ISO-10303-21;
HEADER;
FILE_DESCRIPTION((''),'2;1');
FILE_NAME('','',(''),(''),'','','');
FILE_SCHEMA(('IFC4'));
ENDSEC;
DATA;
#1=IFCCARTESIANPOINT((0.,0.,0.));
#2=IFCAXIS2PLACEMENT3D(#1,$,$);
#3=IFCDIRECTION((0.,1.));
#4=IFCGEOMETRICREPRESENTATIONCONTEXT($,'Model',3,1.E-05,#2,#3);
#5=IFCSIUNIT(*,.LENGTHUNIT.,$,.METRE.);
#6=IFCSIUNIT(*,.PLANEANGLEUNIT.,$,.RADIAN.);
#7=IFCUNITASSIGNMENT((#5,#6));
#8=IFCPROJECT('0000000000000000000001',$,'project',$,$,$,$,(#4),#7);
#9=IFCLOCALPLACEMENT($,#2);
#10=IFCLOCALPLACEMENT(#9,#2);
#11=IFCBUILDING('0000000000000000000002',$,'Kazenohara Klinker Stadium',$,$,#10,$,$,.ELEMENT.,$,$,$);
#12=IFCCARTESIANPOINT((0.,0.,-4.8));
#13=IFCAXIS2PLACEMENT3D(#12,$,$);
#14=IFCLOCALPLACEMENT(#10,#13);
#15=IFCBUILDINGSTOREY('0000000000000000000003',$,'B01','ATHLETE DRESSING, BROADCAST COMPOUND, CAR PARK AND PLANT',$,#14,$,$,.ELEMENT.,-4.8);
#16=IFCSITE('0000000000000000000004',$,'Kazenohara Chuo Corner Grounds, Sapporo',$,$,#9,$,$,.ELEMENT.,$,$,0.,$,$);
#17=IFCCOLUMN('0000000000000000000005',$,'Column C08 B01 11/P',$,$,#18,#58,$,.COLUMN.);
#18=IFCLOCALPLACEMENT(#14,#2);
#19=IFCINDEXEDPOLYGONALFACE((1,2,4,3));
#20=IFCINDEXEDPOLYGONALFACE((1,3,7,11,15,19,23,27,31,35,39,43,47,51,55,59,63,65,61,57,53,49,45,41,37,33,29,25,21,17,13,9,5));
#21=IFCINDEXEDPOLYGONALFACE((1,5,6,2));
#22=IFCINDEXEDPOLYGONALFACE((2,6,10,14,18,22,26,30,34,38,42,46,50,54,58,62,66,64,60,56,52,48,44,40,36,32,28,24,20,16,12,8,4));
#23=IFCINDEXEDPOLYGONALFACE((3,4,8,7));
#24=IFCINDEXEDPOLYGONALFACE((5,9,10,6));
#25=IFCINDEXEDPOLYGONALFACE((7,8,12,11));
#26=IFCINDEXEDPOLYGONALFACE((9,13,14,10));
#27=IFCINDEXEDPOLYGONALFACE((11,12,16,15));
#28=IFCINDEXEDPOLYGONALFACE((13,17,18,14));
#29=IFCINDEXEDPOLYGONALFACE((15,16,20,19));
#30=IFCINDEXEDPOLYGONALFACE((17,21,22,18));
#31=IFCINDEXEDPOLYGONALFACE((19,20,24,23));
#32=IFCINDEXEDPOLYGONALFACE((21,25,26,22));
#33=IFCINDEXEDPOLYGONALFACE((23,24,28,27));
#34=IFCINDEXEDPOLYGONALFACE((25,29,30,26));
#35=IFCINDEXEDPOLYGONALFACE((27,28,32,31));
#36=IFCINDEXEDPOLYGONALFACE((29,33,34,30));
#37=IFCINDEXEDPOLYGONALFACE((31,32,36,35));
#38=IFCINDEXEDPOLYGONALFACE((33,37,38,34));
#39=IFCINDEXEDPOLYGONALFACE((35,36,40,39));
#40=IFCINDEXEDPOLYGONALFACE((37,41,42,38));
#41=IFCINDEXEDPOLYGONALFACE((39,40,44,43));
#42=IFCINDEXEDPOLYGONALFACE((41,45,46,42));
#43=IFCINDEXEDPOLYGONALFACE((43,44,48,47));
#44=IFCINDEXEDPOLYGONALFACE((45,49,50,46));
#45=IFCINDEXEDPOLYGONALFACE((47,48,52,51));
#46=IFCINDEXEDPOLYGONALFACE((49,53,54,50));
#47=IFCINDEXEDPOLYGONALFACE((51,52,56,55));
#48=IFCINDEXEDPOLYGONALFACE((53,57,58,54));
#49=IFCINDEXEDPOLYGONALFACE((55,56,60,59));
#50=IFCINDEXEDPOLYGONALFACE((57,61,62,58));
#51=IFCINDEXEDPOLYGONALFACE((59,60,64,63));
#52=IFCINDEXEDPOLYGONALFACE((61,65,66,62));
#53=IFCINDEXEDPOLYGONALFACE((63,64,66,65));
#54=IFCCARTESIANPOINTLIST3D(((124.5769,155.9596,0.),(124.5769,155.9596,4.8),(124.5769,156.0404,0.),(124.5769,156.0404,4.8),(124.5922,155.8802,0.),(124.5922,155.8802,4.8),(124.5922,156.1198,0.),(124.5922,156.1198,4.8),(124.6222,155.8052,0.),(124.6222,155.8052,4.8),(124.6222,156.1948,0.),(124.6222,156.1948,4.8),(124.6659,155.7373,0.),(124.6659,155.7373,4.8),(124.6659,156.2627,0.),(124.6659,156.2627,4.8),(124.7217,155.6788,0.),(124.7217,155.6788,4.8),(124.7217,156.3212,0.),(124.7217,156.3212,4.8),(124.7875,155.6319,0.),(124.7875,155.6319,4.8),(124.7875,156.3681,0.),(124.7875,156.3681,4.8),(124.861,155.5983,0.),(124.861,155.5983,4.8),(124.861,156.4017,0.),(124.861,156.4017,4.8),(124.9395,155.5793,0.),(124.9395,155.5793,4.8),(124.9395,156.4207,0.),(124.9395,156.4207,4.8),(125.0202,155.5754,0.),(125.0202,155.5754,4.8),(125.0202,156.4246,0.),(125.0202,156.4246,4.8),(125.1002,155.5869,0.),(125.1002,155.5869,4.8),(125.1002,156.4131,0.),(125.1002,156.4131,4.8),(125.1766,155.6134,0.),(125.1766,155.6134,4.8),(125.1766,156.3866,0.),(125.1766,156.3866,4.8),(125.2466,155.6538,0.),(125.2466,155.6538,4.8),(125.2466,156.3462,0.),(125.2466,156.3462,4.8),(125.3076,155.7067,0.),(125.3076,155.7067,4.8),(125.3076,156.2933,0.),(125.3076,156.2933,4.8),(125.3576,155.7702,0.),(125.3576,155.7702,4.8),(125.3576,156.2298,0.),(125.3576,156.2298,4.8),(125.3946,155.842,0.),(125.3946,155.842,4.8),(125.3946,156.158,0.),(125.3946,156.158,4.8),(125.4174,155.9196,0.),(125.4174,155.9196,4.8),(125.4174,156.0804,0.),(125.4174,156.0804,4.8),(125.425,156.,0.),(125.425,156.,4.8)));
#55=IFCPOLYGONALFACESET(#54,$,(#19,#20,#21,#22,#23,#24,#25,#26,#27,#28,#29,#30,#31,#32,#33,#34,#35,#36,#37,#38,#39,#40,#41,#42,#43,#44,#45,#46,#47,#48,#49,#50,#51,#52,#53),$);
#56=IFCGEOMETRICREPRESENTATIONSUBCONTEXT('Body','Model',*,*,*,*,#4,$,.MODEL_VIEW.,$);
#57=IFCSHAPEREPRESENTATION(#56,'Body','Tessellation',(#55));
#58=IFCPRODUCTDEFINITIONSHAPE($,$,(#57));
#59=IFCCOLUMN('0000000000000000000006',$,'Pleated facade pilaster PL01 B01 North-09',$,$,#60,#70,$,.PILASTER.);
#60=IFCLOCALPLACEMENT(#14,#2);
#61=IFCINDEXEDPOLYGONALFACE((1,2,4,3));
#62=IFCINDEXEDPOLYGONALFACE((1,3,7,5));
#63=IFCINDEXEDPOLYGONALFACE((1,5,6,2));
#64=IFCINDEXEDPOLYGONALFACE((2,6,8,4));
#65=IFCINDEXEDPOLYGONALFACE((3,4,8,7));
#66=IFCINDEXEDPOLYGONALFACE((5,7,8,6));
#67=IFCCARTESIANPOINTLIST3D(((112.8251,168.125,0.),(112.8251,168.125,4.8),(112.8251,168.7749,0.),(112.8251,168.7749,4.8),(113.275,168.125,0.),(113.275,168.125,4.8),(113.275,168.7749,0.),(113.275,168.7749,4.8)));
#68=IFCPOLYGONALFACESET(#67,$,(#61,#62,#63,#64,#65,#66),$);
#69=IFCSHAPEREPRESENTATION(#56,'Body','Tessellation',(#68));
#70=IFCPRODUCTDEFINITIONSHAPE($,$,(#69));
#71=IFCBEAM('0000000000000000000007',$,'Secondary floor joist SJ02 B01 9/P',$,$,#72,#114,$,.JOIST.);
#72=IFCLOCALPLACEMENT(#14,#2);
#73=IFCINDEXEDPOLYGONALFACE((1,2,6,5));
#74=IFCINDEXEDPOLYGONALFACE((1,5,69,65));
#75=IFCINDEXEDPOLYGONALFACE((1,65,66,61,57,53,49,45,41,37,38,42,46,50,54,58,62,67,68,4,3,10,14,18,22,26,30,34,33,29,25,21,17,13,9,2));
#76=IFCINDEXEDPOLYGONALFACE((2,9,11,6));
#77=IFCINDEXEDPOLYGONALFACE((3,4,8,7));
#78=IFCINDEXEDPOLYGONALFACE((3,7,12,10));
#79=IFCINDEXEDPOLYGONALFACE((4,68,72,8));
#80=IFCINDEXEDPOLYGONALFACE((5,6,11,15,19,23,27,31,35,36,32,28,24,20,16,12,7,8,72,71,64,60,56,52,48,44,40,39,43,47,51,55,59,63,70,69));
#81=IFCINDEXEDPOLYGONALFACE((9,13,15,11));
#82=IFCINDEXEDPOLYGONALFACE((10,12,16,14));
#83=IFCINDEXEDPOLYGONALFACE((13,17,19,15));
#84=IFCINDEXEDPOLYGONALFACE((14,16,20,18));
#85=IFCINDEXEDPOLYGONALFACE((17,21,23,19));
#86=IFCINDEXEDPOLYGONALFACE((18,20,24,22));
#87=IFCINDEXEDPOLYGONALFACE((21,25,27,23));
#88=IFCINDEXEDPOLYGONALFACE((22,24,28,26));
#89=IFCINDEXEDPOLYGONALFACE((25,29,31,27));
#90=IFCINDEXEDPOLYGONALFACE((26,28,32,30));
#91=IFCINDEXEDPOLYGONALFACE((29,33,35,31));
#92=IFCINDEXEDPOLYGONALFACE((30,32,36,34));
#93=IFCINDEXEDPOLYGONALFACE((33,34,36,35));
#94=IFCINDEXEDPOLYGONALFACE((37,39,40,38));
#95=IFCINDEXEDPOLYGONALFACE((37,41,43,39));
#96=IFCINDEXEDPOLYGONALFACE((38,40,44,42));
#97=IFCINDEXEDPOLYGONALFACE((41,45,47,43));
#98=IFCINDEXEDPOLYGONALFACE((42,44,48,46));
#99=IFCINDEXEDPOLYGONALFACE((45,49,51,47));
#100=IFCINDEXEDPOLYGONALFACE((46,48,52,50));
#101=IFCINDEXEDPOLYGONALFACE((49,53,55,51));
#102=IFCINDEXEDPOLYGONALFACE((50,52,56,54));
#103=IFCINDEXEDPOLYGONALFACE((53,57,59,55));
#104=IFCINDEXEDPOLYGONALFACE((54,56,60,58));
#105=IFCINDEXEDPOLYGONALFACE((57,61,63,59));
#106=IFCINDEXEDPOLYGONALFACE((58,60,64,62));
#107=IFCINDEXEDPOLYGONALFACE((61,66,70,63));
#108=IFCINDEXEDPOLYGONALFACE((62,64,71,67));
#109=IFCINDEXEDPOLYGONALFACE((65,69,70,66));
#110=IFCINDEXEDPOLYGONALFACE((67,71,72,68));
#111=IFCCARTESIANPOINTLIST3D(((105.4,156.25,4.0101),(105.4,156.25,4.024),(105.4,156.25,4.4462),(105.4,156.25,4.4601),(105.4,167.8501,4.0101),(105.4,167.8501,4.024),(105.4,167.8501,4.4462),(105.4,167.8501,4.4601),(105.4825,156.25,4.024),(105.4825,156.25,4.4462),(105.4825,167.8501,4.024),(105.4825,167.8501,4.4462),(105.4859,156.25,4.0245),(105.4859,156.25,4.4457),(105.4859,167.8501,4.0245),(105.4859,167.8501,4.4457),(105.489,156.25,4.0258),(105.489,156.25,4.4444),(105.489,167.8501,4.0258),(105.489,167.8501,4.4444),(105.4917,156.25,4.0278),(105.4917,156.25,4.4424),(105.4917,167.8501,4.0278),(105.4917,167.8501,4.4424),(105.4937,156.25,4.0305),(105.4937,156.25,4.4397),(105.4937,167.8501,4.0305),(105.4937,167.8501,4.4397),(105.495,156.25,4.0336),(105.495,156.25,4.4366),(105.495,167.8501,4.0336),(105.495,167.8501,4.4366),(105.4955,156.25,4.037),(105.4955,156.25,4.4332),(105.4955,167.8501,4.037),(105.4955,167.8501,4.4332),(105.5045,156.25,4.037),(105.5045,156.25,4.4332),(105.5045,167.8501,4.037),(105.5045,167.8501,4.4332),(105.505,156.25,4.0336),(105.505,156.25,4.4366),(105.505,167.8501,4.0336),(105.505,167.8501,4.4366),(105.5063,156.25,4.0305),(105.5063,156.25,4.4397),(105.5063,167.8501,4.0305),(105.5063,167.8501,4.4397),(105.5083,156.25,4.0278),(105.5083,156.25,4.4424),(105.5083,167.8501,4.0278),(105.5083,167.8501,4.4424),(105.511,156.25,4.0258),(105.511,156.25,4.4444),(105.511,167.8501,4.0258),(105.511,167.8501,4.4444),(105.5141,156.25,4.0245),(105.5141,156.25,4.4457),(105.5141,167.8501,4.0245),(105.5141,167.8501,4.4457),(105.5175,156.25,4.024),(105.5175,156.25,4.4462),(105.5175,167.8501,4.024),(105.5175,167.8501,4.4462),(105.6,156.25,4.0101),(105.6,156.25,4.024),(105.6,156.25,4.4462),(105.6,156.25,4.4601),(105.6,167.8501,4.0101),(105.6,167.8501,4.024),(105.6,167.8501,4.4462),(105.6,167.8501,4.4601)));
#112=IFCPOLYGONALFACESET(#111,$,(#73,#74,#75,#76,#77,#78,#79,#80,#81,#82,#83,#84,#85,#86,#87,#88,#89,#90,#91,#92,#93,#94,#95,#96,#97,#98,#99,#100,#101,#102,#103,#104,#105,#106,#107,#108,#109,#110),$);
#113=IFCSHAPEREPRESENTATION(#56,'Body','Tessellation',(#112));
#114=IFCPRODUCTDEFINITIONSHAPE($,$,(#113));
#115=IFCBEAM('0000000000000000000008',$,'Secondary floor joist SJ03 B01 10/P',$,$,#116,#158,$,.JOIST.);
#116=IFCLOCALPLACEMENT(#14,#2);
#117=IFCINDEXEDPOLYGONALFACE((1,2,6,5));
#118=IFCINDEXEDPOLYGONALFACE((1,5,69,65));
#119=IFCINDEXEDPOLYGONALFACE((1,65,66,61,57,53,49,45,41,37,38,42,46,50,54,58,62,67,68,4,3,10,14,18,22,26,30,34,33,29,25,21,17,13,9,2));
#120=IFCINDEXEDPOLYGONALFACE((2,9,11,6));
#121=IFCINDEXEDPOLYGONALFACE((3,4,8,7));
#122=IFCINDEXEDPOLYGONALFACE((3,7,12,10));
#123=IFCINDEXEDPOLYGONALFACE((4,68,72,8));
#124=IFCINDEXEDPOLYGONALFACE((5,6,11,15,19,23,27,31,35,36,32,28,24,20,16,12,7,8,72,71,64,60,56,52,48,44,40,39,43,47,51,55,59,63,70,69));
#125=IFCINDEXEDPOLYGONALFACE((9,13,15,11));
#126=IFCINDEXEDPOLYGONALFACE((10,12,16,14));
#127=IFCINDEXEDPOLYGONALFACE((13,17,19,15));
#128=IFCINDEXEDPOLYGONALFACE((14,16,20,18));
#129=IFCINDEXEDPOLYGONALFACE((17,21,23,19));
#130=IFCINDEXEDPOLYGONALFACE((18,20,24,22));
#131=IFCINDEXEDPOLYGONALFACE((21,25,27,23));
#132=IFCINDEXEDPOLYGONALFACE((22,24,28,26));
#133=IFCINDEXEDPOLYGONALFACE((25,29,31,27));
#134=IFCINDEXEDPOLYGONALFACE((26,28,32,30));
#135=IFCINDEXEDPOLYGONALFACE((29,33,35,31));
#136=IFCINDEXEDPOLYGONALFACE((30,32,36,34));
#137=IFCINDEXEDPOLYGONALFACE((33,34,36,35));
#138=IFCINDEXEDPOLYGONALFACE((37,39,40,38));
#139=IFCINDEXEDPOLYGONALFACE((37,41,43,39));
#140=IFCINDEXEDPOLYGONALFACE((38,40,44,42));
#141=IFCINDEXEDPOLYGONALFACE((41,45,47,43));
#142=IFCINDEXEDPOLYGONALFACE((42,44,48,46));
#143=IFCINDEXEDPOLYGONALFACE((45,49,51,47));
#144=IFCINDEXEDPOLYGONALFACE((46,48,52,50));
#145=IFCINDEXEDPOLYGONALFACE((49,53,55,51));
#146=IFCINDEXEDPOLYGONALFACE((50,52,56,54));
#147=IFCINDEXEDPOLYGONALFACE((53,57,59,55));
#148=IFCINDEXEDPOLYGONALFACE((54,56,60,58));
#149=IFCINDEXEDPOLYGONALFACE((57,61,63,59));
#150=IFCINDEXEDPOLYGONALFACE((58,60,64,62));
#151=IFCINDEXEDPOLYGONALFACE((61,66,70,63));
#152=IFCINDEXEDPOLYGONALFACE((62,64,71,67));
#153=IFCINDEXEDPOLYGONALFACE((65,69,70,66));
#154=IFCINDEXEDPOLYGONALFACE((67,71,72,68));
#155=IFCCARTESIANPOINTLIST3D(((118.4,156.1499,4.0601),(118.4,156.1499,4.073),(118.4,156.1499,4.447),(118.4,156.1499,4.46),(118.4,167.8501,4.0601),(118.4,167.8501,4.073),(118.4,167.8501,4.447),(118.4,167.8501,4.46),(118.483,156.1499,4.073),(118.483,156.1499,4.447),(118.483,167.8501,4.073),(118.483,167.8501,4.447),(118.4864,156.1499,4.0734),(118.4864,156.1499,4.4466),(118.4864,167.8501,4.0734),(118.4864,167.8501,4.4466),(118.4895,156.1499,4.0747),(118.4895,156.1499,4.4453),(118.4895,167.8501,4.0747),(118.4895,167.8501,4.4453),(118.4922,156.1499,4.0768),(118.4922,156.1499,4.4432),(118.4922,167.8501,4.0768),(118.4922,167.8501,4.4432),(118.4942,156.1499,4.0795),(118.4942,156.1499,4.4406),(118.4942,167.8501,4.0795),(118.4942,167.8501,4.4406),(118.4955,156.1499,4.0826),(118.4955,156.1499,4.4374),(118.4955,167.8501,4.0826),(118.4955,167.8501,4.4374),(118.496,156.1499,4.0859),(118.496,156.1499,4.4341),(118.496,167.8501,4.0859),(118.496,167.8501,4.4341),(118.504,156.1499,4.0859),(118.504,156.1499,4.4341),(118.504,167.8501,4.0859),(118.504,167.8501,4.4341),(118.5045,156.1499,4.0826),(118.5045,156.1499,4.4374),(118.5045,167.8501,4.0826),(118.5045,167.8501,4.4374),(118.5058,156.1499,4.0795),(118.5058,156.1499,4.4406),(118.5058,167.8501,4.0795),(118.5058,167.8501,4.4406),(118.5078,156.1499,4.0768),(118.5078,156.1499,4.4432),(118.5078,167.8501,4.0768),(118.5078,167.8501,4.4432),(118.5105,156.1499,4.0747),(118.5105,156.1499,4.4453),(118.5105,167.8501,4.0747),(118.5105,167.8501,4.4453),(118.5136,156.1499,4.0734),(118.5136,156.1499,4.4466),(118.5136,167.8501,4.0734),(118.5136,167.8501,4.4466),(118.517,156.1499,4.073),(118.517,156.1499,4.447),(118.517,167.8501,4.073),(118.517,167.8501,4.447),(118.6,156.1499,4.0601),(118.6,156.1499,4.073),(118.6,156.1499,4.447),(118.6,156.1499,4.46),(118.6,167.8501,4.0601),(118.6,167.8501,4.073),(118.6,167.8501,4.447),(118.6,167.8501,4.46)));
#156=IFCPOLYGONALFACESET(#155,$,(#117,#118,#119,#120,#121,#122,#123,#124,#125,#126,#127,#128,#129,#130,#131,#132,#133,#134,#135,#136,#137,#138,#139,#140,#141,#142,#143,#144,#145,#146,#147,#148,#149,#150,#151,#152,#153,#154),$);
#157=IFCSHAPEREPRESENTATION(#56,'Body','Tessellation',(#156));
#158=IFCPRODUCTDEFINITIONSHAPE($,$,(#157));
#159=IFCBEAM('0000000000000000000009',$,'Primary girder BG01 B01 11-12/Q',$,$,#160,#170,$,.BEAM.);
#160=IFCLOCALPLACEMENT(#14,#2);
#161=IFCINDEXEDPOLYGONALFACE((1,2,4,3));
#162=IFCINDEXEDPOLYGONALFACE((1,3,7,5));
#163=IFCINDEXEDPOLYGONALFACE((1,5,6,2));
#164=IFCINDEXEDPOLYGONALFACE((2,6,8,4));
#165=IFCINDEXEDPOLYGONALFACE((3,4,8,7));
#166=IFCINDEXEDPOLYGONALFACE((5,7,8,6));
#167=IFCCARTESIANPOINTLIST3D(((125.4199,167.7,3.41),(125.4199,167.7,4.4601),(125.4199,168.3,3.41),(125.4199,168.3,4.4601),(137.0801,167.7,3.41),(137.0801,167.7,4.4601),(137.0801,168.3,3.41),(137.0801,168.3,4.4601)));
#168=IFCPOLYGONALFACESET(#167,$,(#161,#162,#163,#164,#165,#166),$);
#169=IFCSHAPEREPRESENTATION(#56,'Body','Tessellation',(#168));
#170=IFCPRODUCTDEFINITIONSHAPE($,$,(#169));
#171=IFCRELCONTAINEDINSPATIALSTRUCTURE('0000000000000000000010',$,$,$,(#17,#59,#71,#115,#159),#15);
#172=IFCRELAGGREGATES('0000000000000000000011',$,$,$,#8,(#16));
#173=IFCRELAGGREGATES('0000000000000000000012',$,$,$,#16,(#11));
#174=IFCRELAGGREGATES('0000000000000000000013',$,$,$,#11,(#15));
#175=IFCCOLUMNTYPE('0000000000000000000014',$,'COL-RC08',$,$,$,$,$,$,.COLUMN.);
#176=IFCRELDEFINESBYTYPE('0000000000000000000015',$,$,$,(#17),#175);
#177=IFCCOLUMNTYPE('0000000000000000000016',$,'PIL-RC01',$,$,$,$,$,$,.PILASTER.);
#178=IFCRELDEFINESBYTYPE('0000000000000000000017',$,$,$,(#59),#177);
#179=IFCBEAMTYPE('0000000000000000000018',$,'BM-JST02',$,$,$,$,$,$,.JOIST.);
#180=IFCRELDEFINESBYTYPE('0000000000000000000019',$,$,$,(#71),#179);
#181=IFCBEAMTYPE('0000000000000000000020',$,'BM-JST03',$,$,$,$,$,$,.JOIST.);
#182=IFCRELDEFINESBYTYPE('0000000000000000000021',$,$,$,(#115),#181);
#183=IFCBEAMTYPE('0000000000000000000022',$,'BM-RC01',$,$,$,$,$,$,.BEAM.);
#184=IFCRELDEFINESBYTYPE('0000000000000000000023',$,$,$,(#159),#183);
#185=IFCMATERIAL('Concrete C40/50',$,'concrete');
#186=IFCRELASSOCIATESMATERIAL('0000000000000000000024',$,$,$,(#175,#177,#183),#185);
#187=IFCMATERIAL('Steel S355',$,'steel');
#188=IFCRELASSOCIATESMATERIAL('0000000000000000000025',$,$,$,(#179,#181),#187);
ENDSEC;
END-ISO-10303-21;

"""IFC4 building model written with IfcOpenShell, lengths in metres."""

from ifc_helpers import new_model, si_unit, direction, frame, origin, origin_2d, place, context, subcontext, project, spatial, rectangle, circle, i_section, extrude, material, material_profile, profile_set, type_object, element, save


model = new_model("IFC4")

# Units and contexts
model_context = context("Model", 3, precision=1e-05, world=origin(), true_north=direction((0.0, 1.0)))
body_context = subcontext(model_context, "Body", "Model", "MODEL_VIEW")
ifc_project = project(units=[si_unit("LENGTHUNIT", "METRE"), si_unit("PLANEANGLEUNIT", "RADIAN")], contexts=[model_context])

# Site, building, storey
site_placement = place(None, origin())
site = spatial("IfcSite", under=ifc_project, at=site_placement, Name="Kazenohara Chuo Corner Grounds, Sapporo", CompositionType="ELEMENT", RefElevation=0.0)
building_placement = place(site_placement, origin())
building = spatial("IfcBuilding", under=site, at=building_placement, Name="Kazenohara Klinker Stadium", CompositionType="ELEMENT")
storey_placement = place(building_placement, frame((0.0, 0.0, -4.8)))
storey = spatial("IfcBuildingStorey", under=building, at=storey_placement, Name="B01", Description="ATHLETE DRESSING, BROADCAST COMPOUND, CAR PARK AND PLANT", CompositionType="ELEMENT", Elevation=-4.8)

# Columns
ifc_material_1 = material(Name="Concrete C40/50", Category="concrete")
ifc_material_profile_1 = material_profile(ifc_material_1, circle(Radius=0.425, at=origin_2d()), Name="RC-COL-D850")
ifc_profile_set_1 = profile_set([ifc_material_profile_1], Name="Concrete C40/50")
column_type_1 = type_object("IfcColumnType", Name="COL-RC08", PredefinedType="COLUMN", material=ifc_profile_set_1)
for number, where, z_axis, x_axis, name in (
    (1, (125.0, 156.0, 0.0), (0.0, 0.0, 1.0), (1.0, 0.0, 0.0), "Column C08 B01 11/P"),
):
    element("IfcColumn", number, at=place(storey_placement, frame(where, z_axis=z_axis, x_axis=x_axis)), inside=storey, type_object=column_type_1, Name=name, PredefinedType="COLUMN", context=body_context, shape_type="SweptSolid", body=[
        extrude(circle(Radius=0.425, at=origin_2d()), origin(), (0.0, 0.0, 1.0), 4.8),
    ])
ifc_material_profile_2 = material_profile(ifc_material_1, rectangle(XDim=0.45, YDim=0.6499, at=origin_2d()), Name="RC-PILASTER-450x650")
ifc_profile_set_2 = profile_set([ifc_material_profile_2], Name="Concrete C40/50")
column_type_2 = type_object("IfcColumnType", Name="PIL-RC01", PredefinedType="PILASTER", material=ifc_profile_set_2)
column_1_placement = place(storey_placement, frame((113.05, 168.45, 0.0), z_axis=(0.0, 0.0, 1.0), x_axis=(1.0, 0.0, 0.0)))
element("IfcColumn", 2, at=column_1_placement, inside=storey, type_object=column_type_2, Name="Pleated facade pilaster PL01 B01 North-09", PredefinedType="PILASTER", context=body_context, shape_type="SweptSolid", body=[
    extrude(rectangle(XDim=0.45, YDim=0.6499, at=origin_2d()), origin(), (0.0, 0.0, 1.0), 4.8),
])

# Beams
ifc_material_2 = material(Name="Steel S355", Category="steel")
ifc_material_profile_3 = material_profile(ifc_material_2, i_section(OverallWidth=0.2, OverallDepth=0.45, WebThickness=0.009, FlangeThickness=0.0139, FilletRadius=0.0129, at=origin_2d()), Name="H-450x200x9x14")
ifc_profile_set_3 = profile_set([ifc_material_profile_3], Name="Steel S355")
beam_type_1 = type_object("IfcBeamType", Name="BM-JST02", PredefinedType="JOIST", material=ifc_profile_set_3)
beam_1_placement = place(storey_placement, frame((105.5, 156.25, 4.2351), z_axis=(0.0, 1.0, 0.0), x_axis=(-1.0, 0.0, 0.0)))
element("IfcBeam", 3, at=beam_1_placement, inside=storey, type_object=beam_type_1, Name="Secondary floor joist SJ02 B01 9/P", PredefinedType="JOIST", context=body_context, shape_type="SweptSolid", body=[
    extrude(i_section(OverallWidth=0.2, OverallDepth=0.45, WebThickness=0.009, FlangeThickness=0.0139, FilletRadius=0.0129, at=origin_2d()), origin(), (0.0, 0.0, 1.0), 11.6001),
])
ifc_material_profile_4 = material_profile(ifc_material_2, i_section(OverallWidth=0.2, OverallDepth=0.3999, WebThickness=0.0081, FlangeThickness=0.0129, FilletRadius=0.0129, at=origin_2d()), Name="H-400x200x8x13")
ifc_profile_set_4 = profile_set([ifc_material_profile_4], Name="Steel S355")
beam_type_2 = type_object("IfcBeamType", Name="BM-JST03", PredefinedType="JOIST", material=ifc_profile_set_4)
beam_2_placement = place(storey_placement, frame((118.5, 156.1499, 4.26), z_axis=(0.0, 1.0, 0.0), x_axis=(-1.0, 0.0, 0.0)))
element("IfcBeam", 4, at=beam_2_placement, inside=storey, type_object=beam_type_2, Name="Secondary floor joist SJ03 B01 10/P", PredefinedType="JOIST", context=body_context, shape_type="SweptSolid", body=[
    extrude(i_section(OverallWidth=0.2, OverallDepth=0.3999, WebThickness=0.0081, FlangeThickness=0.0129, FilletRadius=0.0129, at=origin_2d()), origin(), (0.0, 0.0, 1.0), 11.7002),
])
ifc_material_profile_5 = material_profile(ifc_material_1, rectangle(XDim=0.6001, YDim=1.05, at=origin_2d()), Name="RC-BM-600x1050")
ifc_profile_set_5 = profile_set([ifc_material_profile_5], Name="Concrete C40/50")
beam_type_3 = type_object("IfcBeamType", Name="BM-RC01", PredefinedType="BEAM", material=ifc_profile_set_5)
beam_3_placement = place(storey_placement, frame((125.4199, 168.0, 3.9351), z_axis=(1.0, 0.0, 0.0), x_axis=(0.0, 1.0, 0.0)))
element("IfcBeam", 5, at=beam_3_placement, inside=storey, type_object=beam_type_3, Name="Primary girder BG01 B01 11-12/Q", PredefinedType="BEAM", context=body_context, shape_type="SweptSolid", body=[
    extrude(rectangle(XDim=0.6001, YDim=1.05, at=origin_2d()), origin(), (0.0, 0.0, 1.0), 11.6602),
])

save(model, "model.ifc")
